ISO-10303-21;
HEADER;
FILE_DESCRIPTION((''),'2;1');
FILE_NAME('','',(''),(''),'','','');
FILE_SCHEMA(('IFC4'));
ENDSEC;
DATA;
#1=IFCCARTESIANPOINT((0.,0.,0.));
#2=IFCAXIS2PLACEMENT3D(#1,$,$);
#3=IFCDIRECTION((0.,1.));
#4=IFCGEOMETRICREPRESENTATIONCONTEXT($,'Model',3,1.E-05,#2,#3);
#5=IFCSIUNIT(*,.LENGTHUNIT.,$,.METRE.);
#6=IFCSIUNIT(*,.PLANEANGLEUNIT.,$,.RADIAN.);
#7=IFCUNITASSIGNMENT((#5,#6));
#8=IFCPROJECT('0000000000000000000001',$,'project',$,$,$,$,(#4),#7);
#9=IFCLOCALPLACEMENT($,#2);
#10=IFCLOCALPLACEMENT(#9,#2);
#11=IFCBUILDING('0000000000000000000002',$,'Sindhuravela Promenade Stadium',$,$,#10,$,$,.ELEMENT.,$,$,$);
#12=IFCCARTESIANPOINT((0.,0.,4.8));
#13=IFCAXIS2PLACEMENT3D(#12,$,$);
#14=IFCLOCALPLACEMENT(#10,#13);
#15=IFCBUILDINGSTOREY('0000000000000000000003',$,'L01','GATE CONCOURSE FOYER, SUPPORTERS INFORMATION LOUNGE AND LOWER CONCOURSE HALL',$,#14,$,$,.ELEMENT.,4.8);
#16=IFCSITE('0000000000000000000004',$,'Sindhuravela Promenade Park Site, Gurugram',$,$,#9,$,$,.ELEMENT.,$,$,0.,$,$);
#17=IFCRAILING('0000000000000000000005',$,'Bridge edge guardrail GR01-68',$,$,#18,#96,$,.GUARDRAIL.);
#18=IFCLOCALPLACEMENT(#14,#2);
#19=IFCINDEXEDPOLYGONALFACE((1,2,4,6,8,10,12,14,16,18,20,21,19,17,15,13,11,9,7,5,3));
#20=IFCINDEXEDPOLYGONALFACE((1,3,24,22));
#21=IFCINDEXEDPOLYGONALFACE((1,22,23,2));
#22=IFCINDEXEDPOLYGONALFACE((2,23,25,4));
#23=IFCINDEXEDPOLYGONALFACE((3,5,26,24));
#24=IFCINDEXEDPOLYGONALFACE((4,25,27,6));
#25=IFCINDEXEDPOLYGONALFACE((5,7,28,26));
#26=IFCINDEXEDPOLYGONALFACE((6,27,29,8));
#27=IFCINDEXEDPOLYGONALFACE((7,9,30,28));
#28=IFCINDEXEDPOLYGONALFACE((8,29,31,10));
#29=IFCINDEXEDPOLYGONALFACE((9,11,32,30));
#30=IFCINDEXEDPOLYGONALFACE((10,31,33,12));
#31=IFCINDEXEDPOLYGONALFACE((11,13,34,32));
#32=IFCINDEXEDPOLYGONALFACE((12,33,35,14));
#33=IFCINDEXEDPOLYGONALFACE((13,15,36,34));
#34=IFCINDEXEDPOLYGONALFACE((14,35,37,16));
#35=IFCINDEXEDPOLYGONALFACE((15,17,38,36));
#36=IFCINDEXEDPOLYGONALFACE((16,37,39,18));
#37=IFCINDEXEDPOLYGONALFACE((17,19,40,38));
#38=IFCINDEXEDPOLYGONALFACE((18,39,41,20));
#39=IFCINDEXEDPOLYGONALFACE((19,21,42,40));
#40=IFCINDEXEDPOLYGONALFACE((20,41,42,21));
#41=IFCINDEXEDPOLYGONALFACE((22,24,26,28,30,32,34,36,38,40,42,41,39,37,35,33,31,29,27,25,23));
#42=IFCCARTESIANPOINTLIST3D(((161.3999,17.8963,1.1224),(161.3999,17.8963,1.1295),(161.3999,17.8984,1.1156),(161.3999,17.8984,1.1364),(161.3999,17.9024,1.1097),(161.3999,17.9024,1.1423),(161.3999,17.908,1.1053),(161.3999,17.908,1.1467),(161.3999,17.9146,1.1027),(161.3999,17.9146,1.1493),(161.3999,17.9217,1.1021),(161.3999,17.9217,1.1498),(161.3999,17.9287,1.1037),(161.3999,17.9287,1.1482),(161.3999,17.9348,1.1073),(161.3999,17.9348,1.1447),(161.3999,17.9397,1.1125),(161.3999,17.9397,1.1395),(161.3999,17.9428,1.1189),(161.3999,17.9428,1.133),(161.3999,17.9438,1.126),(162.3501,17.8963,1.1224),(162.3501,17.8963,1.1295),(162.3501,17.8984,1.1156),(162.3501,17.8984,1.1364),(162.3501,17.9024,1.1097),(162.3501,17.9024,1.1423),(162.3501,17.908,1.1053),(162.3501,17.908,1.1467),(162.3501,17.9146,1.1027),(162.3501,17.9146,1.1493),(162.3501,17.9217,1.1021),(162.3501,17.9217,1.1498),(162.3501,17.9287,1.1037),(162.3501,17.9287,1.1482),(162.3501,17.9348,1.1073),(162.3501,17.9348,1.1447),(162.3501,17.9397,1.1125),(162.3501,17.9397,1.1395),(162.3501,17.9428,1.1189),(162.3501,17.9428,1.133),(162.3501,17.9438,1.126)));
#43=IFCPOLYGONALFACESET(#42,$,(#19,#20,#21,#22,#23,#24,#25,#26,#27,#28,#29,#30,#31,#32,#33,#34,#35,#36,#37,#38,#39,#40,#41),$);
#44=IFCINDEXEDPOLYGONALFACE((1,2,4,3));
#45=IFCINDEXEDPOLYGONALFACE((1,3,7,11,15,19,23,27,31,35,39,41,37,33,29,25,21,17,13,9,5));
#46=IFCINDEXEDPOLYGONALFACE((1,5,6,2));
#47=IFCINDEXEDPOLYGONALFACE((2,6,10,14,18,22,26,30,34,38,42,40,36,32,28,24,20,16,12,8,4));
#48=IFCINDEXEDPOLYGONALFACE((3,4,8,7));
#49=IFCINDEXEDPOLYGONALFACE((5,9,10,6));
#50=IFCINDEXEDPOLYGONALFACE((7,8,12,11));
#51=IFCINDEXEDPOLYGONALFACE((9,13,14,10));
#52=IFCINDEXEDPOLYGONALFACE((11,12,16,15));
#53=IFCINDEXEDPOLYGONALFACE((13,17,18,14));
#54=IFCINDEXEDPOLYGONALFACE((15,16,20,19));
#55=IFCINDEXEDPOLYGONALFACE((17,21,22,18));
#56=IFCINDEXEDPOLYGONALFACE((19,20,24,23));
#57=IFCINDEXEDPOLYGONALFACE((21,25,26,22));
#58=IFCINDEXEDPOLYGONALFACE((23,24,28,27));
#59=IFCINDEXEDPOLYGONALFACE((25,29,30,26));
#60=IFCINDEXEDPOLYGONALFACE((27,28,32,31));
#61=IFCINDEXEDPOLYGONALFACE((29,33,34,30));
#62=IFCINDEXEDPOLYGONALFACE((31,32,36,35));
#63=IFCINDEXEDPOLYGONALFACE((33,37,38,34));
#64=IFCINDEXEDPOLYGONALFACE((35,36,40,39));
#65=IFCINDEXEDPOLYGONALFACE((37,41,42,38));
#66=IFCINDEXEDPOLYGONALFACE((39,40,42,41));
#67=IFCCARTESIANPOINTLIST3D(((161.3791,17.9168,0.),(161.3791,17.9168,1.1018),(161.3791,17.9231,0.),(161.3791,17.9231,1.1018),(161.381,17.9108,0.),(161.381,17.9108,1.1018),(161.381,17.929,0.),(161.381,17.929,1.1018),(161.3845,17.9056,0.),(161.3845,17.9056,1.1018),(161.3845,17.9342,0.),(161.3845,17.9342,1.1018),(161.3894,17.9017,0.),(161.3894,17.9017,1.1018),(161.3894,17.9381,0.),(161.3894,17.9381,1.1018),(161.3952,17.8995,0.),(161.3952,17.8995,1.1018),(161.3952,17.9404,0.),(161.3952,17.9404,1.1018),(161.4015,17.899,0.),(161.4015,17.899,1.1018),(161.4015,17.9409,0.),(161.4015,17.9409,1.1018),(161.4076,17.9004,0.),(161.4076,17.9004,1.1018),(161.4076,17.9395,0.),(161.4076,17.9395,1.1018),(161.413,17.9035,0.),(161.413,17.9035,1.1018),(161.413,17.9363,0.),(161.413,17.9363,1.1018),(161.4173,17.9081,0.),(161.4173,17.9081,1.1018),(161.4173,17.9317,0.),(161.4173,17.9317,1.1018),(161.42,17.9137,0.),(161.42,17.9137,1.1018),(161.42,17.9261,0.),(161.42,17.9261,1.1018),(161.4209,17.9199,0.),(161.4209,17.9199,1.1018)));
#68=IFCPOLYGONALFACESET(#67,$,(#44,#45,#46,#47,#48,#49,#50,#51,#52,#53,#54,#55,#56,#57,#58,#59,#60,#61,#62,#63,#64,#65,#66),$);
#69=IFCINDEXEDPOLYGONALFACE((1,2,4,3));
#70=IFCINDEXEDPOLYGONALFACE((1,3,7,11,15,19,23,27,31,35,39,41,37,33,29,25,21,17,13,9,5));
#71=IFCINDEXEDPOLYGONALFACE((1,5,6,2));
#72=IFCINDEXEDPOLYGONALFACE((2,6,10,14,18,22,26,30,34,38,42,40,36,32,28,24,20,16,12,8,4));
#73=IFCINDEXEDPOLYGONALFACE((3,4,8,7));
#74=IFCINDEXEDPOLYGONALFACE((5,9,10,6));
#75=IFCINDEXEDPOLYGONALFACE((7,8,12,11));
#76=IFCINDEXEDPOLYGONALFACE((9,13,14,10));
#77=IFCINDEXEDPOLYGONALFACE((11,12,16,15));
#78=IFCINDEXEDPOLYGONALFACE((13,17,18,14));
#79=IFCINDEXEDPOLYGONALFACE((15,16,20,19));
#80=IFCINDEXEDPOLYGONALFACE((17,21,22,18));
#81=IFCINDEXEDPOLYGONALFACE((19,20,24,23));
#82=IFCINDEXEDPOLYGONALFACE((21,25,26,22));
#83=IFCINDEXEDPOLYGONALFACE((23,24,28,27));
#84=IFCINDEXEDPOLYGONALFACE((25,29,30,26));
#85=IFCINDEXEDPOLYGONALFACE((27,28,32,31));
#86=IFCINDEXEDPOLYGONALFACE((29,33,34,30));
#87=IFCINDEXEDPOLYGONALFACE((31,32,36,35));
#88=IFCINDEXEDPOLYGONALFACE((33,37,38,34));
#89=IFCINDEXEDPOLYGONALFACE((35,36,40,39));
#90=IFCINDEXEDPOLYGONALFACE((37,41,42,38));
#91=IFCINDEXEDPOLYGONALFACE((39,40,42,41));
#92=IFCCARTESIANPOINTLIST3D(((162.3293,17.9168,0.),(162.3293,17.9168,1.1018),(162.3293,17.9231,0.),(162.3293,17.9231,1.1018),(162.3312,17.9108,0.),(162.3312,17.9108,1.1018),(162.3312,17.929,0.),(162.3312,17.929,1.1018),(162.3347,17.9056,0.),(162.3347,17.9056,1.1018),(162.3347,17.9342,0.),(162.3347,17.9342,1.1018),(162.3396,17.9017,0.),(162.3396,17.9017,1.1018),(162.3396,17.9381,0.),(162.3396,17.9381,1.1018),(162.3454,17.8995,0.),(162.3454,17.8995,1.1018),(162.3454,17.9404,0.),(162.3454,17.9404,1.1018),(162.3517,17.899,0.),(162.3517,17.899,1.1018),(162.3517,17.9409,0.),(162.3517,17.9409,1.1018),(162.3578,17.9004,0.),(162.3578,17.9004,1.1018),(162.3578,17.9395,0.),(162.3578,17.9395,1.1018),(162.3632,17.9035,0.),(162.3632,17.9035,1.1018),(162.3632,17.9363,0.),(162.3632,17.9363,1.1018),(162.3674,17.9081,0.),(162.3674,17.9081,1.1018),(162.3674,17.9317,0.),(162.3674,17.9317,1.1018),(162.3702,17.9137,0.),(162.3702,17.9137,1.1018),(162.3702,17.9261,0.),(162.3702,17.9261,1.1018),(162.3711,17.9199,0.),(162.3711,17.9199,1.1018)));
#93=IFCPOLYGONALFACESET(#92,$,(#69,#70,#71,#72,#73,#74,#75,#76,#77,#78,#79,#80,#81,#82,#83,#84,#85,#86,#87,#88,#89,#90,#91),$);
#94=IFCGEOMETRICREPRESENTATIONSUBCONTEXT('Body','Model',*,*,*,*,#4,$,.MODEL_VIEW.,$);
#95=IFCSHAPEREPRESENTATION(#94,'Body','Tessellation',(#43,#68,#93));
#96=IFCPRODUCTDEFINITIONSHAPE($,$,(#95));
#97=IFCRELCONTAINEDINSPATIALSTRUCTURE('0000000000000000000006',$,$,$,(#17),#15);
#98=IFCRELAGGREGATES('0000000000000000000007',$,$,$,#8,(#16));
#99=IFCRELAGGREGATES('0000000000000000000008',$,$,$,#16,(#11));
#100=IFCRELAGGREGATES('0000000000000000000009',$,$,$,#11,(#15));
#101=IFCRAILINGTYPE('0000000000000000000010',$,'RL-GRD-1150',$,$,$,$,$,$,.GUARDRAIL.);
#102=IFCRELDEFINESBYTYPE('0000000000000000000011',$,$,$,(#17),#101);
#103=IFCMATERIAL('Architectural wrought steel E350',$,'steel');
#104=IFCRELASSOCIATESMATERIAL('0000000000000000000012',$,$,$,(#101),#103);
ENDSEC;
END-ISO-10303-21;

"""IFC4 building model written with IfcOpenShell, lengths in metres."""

from ifc_helpers import new_model, si_unit, direction, frame, origin, origin_2d, place, context, subcontext, project, spatial, circle, extrude, material, type_object, element, save


model = new_model("IFC4")

# Units and contexts
model_context = context("Model", 3, precision=1e-05, world=origin(), true_north=direction((0.0, 1.0)))
body_context = subcontext(model_context, "Body", "Model", "MODEL_VIEW")
ifc_project = project(units=[si_unit("LENGTHUNIT", "METRE"), si_unit("PLANEANGLEUNIT", "RADIAN")], contexts=[model_context])

# Site, building, storey
site_placement = place(None, origin())
site = spatial("IfcSite", under=ifc_project, at=site_placement, Name="Sindhuravela Promenade Park Site, Gurugram", CompositionType="ELEMENT", RefElevation=0.0)
building_placement = place(site_placement, origin())
building = spatial("IfcBuilding", under=site, at=building_placement, Name="Sindhuravela Promenade Stadium", CompositionType="ELEMENT")
storey_placement = place(building_placement, frame((0.0, 0.0, 4.8)))
storey = spatial("IfcBuildingStorey", under=building, at=storey_placement, Name="L01", Description="GATE CONCOURSE FOYER, SUPPORTERS INFORMATION LOUNGE AND LOWER CONCOURSE HALL", CompositionType="ELEMENT", Elevation=4.8)

# Shared definitions
ifc_material_1 = material(Name="Architectural wrought steel E350", Category="steel")

# Railing
railing_type = type_object("IfcRailingType", Name="RL-GRD-1150", PredefinedType="GUARDRAIL", material=ifc_material_1)
railing_placement = place(storey_placement, frame((161.3999, 17.9199, 0.0)))
element("IfcRailing", 1, at=railing_placement, inside=storey, type_object=railing_type, Name="Bridge edge guardrail GR01-68", PredefinedType="GUARDRAIL", context=body_context, shape_type="SweptSolid", body=[
    extrude(circle(Radius=0.0239, at=origin_2d()), frame((0.0, 0.0, 1.126), z_axis=(1.0, 0.0, 0.0), x_axis=(0.0, 1.0, 0.0)), (0.0, 0.0, 1.0), 0.9502),
    extrude(circle(Radius=0.021, at=origin_2d()), origin(), (0.0, 0.0, 1.0), 1.1018),
    extrude(circle(Radius=0.021, at=origin_2d()), frame((0.9502, 0.0, 0.0)), (0.0, 0.0, 1.0), 1.1018),
])

save(model, "model.ifc")
